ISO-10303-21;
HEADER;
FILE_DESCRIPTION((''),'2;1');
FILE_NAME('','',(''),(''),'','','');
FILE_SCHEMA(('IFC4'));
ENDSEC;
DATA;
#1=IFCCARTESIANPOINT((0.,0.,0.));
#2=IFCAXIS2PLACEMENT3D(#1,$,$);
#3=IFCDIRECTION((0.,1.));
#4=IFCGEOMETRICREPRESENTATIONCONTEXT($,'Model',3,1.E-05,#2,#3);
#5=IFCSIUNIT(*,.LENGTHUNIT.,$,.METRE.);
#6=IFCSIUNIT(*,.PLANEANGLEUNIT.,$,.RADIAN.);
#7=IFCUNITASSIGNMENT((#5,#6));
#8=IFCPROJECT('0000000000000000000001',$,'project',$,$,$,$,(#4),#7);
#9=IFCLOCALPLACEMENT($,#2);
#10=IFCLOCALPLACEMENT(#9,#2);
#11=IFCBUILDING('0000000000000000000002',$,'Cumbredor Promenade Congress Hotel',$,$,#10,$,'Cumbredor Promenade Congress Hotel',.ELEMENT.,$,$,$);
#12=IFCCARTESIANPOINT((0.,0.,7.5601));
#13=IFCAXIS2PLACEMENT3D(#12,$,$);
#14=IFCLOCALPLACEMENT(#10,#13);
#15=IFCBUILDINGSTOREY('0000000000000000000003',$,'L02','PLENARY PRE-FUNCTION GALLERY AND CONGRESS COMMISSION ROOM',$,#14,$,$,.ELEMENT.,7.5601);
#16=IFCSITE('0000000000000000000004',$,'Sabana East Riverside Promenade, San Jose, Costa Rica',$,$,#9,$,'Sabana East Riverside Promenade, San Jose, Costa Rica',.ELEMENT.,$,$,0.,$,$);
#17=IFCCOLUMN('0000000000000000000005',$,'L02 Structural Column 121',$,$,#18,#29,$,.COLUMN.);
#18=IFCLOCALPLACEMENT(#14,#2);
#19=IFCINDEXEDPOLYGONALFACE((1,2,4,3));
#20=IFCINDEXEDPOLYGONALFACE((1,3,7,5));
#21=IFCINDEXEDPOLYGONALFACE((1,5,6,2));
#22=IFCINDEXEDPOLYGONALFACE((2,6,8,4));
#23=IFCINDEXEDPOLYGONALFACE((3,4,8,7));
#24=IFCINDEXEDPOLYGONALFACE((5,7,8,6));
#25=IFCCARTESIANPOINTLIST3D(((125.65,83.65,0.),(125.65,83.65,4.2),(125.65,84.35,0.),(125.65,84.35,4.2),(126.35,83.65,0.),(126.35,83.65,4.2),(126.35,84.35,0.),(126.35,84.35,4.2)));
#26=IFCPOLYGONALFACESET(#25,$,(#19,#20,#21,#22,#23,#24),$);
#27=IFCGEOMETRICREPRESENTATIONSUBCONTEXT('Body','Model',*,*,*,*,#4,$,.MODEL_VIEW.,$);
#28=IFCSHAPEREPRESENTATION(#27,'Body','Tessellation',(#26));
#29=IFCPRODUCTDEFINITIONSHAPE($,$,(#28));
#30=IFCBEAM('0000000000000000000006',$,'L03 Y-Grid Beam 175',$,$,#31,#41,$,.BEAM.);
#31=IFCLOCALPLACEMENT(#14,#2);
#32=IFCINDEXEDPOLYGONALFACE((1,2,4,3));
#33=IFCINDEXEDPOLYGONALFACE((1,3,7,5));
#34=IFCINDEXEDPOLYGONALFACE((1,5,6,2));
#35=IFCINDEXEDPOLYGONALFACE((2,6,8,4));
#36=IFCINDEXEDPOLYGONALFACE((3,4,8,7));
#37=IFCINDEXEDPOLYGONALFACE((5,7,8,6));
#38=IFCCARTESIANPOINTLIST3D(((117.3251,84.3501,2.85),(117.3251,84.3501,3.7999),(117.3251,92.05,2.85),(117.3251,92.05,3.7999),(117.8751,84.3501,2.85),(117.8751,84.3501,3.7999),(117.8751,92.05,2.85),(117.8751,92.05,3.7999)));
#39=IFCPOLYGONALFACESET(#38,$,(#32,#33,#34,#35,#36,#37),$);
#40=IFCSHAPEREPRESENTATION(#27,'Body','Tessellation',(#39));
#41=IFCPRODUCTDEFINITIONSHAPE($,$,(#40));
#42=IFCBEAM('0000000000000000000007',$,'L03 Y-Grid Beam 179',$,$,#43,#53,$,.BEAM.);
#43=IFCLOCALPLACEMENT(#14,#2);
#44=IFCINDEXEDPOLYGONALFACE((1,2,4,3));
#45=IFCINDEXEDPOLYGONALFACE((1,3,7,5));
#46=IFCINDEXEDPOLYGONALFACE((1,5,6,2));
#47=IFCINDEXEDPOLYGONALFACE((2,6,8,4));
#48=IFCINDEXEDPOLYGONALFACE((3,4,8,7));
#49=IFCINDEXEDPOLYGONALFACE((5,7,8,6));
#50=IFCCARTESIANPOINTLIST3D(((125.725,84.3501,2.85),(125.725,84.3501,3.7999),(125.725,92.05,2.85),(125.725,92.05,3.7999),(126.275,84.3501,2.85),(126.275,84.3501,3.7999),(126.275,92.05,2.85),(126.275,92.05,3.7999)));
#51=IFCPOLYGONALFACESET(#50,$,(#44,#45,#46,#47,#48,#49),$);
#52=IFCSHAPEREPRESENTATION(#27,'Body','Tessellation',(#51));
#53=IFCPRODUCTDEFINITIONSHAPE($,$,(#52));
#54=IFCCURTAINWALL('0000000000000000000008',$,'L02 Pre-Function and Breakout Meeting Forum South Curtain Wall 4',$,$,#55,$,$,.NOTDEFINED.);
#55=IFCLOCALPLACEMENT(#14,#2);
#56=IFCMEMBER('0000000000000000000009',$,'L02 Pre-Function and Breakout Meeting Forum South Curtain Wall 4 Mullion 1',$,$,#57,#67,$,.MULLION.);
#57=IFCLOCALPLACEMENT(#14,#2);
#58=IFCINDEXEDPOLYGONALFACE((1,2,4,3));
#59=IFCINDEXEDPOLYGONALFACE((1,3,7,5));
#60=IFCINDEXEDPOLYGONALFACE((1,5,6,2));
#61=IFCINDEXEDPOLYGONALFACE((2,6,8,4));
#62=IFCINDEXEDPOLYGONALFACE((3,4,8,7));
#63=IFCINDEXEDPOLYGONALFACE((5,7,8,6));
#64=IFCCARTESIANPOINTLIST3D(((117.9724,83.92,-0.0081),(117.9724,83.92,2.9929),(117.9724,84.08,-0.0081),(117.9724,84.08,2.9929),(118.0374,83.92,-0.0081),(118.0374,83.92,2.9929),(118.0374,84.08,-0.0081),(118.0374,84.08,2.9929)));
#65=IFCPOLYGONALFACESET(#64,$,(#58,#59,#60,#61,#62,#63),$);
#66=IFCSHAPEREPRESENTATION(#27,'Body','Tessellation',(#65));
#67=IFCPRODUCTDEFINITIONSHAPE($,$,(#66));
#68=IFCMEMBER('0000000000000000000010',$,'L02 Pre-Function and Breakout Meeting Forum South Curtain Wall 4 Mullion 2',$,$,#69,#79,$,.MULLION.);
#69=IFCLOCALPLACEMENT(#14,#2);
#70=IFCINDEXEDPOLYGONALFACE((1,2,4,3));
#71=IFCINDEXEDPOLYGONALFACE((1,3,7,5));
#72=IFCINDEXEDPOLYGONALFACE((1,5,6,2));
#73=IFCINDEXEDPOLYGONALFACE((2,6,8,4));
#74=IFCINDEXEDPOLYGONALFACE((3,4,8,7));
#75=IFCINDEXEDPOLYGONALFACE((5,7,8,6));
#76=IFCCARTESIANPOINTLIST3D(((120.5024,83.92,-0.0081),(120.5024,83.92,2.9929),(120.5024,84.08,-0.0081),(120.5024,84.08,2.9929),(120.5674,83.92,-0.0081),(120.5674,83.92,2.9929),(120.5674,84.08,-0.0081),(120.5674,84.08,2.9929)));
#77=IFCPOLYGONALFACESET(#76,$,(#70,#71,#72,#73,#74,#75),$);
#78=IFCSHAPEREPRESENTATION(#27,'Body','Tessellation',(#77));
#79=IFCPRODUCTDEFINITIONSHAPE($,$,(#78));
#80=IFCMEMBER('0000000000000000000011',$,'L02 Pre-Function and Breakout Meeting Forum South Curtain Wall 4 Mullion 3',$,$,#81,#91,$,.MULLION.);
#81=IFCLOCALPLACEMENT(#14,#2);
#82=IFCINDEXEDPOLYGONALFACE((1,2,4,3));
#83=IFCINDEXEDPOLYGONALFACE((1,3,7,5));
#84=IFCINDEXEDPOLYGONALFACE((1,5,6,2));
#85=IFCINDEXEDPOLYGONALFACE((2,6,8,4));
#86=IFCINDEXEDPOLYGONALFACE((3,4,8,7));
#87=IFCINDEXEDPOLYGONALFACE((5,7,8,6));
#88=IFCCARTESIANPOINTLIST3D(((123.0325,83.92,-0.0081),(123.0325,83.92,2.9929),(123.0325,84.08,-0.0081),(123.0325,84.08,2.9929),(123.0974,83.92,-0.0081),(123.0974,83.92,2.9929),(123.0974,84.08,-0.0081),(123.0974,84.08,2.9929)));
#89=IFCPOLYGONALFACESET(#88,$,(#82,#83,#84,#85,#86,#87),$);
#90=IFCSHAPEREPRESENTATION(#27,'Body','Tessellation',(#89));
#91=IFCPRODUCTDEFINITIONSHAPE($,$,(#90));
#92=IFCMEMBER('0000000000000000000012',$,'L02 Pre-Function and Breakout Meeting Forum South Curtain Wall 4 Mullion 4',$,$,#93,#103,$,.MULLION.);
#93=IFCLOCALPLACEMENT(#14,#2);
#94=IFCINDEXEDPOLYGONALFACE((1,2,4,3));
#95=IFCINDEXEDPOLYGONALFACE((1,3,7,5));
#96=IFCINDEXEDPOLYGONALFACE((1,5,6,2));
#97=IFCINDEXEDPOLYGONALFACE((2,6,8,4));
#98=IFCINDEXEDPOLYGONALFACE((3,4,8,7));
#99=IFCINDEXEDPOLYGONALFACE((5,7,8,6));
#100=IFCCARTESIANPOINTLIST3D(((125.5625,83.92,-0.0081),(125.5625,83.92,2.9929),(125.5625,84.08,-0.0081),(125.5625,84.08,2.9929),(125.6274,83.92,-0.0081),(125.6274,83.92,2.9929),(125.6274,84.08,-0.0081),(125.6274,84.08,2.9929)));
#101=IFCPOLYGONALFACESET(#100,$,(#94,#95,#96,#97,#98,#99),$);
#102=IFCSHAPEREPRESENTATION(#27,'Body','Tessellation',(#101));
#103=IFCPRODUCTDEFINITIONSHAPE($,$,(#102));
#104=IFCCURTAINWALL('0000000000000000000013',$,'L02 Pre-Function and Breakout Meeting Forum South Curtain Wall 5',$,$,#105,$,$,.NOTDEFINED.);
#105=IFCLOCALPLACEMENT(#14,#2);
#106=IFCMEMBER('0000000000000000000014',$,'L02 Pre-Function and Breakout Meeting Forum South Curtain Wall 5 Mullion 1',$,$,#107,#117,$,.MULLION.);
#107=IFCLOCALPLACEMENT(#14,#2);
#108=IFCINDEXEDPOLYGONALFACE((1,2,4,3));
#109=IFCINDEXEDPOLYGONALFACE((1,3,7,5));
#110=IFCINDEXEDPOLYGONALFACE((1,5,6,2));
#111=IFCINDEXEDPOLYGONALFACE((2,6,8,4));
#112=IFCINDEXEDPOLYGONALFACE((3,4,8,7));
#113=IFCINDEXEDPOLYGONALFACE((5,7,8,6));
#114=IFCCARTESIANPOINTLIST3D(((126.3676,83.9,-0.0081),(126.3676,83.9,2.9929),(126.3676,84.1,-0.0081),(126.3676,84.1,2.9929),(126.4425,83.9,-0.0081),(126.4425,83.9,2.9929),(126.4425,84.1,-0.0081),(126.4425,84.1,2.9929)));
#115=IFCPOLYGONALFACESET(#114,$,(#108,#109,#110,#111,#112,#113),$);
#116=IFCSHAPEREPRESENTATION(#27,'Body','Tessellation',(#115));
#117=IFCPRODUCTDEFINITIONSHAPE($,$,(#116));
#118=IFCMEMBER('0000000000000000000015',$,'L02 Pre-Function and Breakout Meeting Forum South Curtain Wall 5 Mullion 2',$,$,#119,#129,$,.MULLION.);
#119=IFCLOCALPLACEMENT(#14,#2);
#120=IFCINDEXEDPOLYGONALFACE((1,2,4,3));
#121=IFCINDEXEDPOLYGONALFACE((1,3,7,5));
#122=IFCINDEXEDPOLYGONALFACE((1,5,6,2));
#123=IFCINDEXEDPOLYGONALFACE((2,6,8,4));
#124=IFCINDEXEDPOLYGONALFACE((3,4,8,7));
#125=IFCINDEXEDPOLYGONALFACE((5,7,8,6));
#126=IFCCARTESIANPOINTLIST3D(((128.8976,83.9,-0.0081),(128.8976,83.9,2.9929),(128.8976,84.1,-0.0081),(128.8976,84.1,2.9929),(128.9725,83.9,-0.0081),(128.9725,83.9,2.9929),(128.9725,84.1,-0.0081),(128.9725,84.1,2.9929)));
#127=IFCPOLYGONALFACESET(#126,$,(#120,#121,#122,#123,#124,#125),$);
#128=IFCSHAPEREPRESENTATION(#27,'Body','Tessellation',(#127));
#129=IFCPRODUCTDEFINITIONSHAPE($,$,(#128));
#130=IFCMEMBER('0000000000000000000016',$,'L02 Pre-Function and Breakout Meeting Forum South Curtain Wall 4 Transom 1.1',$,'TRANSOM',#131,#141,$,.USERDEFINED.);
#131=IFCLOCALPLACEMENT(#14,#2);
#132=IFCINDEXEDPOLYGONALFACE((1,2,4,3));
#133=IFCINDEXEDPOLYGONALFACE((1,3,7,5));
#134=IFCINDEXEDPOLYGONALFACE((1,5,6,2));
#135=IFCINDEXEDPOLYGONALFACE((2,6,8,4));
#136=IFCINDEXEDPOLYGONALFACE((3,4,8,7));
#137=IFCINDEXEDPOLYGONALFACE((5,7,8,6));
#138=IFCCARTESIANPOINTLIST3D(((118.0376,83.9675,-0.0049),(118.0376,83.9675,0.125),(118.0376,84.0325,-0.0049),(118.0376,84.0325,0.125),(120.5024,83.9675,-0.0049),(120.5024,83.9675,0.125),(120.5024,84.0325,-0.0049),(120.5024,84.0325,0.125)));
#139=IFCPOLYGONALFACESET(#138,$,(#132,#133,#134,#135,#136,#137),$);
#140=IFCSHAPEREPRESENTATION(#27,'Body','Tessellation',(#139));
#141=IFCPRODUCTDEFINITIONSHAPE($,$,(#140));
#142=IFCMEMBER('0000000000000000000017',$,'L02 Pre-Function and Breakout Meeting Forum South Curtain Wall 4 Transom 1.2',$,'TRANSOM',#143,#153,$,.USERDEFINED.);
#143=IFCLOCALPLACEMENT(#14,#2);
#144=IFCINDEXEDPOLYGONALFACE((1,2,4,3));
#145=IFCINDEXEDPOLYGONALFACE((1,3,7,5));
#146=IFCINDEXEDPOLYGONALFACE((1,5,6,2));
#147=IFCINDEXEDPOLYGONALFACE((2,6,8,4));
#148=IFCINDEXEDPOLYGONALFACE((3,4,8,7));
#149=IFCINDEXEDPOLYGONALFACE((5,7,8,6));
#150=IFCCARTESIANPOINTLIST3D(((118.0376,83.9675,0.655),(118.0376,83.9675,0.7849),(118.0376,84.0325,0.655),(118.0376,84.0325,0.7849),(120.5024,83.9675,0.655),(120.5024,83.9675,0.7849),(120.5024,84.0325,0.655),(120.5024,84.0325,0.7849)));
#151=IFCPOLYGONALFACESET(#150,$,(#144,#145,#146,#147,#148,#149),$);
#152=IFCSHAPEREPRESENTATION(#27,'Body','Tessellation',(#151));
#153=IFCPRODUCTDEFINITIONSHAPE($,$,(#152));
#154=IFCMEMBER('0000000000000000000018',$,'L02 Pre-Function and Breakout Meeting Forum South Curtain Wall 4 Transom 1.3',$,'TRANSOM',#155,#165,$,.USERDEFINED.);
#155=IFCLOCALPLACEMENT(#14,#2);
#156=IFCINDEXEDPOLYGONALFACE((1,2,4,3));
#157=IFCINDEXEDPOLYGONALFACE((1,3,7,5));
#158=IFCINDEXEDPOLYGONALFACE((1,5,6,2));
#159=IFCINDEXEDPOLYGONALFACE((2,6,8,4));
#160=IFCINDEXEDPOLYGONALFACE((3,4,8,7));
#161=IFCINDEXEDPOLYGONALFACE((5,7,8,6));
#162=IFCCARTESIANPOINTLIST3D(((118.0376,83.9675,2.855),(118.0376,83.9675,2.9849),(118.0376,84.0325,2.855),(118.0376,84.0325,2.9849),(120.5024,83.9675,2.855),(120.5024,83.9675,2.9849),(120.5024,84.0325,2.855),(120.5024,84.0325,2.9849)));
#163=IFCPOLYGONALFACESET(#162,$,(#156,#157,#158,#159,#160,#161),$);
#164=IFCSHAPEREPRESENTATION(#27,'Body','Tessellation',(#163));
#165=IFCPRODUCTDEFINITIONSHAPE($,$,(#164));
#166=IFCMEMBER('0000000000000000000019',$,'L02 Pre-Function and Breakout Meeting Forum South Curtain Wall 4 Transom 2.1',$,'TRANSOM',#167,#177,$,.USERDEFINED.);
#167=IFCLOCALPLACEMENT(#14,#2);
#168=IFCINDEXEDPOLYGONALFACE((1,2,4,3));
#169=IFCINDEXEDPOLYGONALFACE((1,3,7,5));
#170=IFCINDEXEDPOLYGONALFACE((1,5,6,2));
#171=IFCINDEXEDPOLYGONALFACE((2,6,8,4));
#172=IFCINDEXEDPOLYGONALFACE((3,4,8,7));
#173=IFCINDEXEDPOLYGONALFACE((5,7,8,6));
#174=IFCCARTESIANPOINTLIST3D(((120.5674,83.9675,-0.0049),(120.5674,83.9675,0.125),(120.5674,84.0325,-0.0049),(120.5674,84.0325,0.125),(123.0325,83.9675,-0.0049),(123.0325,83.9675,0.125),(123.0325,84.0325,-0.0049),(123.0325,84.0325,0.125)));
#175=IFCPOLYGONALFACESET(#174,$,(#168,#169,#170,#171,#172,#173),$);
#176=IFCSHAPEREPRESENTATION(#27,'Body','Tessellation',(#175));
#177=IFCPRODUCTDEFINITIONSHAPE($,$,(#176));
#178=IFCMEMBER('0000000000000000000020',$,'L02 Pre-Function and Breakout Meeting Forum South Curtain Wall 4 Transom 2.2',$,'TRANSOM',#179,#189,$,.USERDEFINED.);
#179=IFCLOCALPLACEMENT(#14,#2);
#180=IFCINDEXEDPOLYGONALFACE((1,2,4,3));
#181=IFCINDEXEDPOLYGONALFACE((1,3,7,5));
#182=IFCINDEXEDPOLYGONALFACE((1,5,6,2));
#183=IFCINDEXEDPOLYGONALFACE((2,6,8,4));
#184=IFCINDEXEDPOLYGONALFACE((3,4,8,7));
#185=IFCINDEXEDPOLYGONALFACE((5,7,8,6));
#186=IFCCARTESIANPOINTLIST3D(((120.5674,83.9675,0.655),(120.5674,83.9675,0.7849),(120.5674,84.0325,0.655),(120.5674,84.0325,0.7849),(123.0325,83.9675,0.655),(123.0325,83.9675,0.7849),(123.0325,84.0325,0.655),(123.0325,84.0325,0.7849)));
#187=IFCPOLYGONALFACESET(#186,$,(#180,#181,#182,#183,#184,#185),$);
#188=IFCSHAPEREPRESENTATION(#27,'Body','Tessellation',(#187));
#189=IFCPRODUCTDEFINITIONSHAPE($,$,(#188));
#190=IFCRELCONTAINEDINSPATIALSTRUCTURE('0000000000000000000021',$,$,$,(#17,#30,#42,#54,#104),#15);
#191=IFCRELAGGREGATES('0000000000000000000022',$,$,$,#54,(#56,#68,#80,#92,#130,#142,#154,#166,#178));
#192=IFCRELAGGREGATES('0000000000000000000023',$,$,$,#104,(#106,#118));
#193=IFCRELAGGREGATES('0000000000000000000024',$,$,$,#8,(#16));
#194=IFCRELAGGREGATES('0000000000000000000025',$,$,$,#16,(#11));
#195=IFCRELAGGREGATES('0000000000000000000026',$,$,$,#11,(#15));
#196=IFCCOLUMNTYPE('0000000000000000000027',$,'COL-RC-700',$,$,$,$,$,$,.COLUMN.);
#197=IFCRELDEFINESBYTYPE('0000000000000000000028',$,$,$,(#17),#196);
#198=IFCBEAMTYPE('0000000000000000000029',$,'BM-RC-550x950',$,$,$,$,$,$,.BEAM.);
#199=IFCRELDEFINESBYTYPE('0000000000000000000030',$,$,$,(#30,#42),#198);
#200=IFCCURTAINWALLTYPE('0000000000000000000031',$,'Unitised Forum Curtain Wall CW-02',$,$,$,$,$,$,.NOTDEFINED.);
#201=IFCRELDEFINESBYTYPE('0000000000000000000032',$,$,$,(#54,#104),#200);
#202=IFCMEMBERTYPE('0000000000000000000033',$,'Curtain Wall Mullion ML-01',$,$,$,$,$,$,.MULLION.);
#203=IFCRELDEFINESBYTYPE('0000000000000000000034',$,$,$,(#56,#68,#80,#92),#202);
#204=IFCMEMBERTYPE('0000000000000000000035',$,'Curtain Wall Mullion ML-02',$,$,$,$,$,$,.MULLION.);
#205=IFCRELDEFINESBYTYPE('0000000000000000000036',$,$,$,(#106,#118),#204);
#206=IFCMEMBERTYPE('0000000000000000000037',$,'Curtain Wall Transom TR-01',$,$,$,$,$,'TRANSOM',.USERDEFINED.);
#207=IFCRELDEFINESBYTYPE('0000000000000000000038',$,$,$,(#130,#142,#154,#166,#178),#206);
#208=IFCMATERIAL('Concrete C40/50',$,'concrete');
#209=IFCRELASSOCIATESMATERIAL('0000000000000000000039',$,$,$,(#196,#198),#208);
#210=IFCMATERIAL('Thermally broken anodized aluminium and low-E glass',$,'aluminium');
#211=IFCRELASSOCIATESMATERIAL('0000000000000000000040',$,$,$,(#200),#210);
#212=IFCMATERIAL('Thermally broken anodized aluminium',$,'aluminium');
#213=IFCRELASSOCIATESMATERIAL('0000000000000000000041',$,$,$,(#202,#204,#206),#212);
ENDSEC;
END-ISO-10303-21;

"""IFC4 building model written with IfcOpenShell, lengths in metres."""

from ifc_helpers import new_model, si_unit, direction, frame, origin, origin_2d, place, context, subcontext, project, spatial, rectangle, extrude, material, material_profile, profile_set, type_object, element, aggregate, save


model = new_model("IFC4")

# Units and contexts
model_context = context("Model", 3, precision=1e-05, world=origin(), true_north=direction((0.0, 1.0)))
body_context = subcontext(model_context, "Body", "Model", "MODEL_VIEW")
ifc_project = project(units=[si_unit("LENGTHUNIT", "METRE"), si_unit("PLANEANGLEUNIT", "RADIAN")], contexts=[model_context])

# Site, building, storey
site_placement = place(None, origin())
site = spatial("IfcSite", under=ifc_project, at=site_placement, Name="Sabana East Riverside Promenade, San Jose, Costa Rica", LongName="Sabana East Riverside Promenade, San Jose, Costa Rica", CompositionType="ELEMENT", RefElevation=0.0)
building_placement = place(site_placement, origin())
building = spatial("IfcBuilding", under=site, at=building_placement, Name="Cumbredor Promenade Congress Hotel", LongName="Cumbredor Promenade Congress Hotel", CompositionType="ELEMENT")
storey_placement = place(building_placement, frame((0.0, 0.0, 7.5601)))
storey = spatial("IfcBuildingStorey", under=building, at=storey_placement, Name="L02", Description="PLENARY PRE-FUNCTION GALLERY AND CONGRESS COMMISSION ROOM", CompositionType="ELEMENT", Elevation=7.5601)

# Column
ifc_material_1 = material(Name="Concrete C40/50", Category="concrete")
ifc_material_profile_1 = material_profile(ifc_material_1, rectangle(XDim=0.7, YDim=0.7, at=origin_2d()), Name="RC 700x700")
ifc_profile_set_1 = profile_set([ifc_material_profile_1], Name="Concrete C40/50")
column_type = type_object("IfcColumnType", Name="COL-RC-700", PredefinedType="COLUMN", material=ifc_profile_set_1)
column_placement = place(storey_placement, frame((126.0, 84.0, 0.0), z_axis=(0.0, 0.0, 1.0), x_axis=(1.0, 0.0, 0.0)))
element("IfcColumn", 1, at=column_placement, inside=storey, type_object=column_type, Name="L02 Structural Column 121", PredefinedType="COLUMN", context=body_context, shape_type="SweptSolid", body=[
    extrude(rectangle(XDim=0.7, YDim=0.7, at=origin_2d()), origin(), (0.0, 0.0, 1.0), 4.2),
])

# Beams
ifc_material_profile_2 = material_profile(ifc_material_1, rectangle(XDim=0.55, YDim=0.95, at=origin_2d()), Name="RC BEAM 550x950")
ifc_profile_set_2 = profile_set([ifc_material_profile_2], Name="Concrete C40/50")
beam_type_1 = type_object("IfcBeamType", Name="BM-RC-550x950", PredefinedType="BEAM", material=ifc_profile_set_2)
for number, where, z_axis, x_axis, name in (
    (2, (117.6001, 84.3501, 3.325), (0.0, 1.0, 0.0), (-1.0, 0.0, 0.0), "L03 Y-Grid Beam 175"),
    (3, (126.0, 84.3501, 3.325), (0.0, 1.0, 0.0), (-1.0, 0.0, 0.0), "L03 Y-Grid Beam 179"),
):
    element("IfcBeam", number, at=place(storey_placement, frame(where, z_axis=z_axis, x_axis=x_axis)), inside=storey, type_object=beam_type_1, Name=name, PredefinedType="BEAM", context=body_context, shape_type="SweptSolid", body=[
        extrude(rectangle(XDim=0.55, YDim=0.95, at=origin_2d()), origin(), (0.0, 0.0, 1.0), 7.7),
    ])

# Curtain walls, members
ifc_material_2 = material(Name="Thermally broken anodized aluminium and low-E glass", Category="aluminium")
curtain_wall_type = type_object("IfcCurtainWallType", Name="Unitised Forum Curtain Wall CW-02", PredefinedType="NOTDEFINED", material=ifc_material_2)
curtain_wall_1_placement = place(storey_placement, origin())
curtain_wall_1 = element("IfcCurtainWall", 4, at=curtain_wall_1_placement, inside=storey, type_object=curtain_wall_type, Name="L02 Pre-Function and Breakout Meeting Forum South Curtain Wall 4", PredefinedType="NOTDEFINED")
ifc_material_3 = material(Name="Thermally broken anodized aluminium", Category="aluminium")
ifc_material_profile_3 = material_profile(ifc_material_3, rectangle(XDim=0.0649, YDim=0.1599, at=origin_2d()), Name="ALU MULLION 65x160")
ifc_profile_set_3 = profile_set([ifc_material_profile_3], Name="Thermally broken anodized aluminium")
member_type_1 = type_object("IfcMemberType", Name="Curtain Wall Mullion ML-01", PredefinedType="MULLION", material=ifc_profile_set_3)
member_1_placement = place(storey_placement, frame((118.0049, 84.0, -0.0081), z_axis=(0.0, 0.0, 1.0), x_axis=(1.0, 0.0, 0.0)))
member_1 = element("IfcMember", 5, at=member_1_placement, type_object=member_type_1, Name="L02 Pre-Function and Breakout Meeting Forum South Curtain Wall 4 Mullion 1", PredefinedType="MULLION", context=body_context, shape_type="SweptSolid", body=[
    extrude(rectangle(XDim=0.0649, YDim=0.1599, at=origin_2d()), origin(), (0.0, 0.0, 1.0), 3.001),
])
member_2_placement = place(storey_placement, frame((120.5349, 84.0, -0.0081), z_axis=(0.0, 0.0, 1.0), x_axis=(1.0, 0.0, 0.0)))
member_2 = element("IfcMember", 6, at=member_2_placement, type_object=member_type_1, Name="L02 Pre-Function and Breakout Meeting Forum South Curtain Wall 4 Mullion 2", PredefinedType="MULLION", context=body_context, shape_type="SweptSolid", body=[
    extrude(rectangle(XDim=0.0649, YDim=0.1599, at=origin_2d()), origin(), (0.0, 0.0, 1.0), 3.001),
])
member_3_placement = place(storey_placement, frame((123.0649, 84.0, -0.0081), z_axis=(0.0, 0.0, 1.0), x_axis=(1.0, 0.0, 0.0)))
member_3 = element("IfcMember", 7, at=member_3_placement, type_object=member_type_1, Name="L02 Pre-Function and Breakout Meeting Forum South Curtain Wall 4 Mullion 3", PredefinedType="MULLION", context=body_context, shape_type="SweptSolid", body=[
    extrude(rectangle(XDim=0.0649, YDim=0.1599, at=origin_2d()), origin(), (0.0, 0.0, 1.0), 3.001),
])
member_4_placement = place(storey_placement, frame((125.595, 84.0, -0.0081), z_axis=(0.0, 0.0, 1.0), x_axis=(1.0, 0.0, 0.0)))
member_4 = element("IfcMember", 8, at=member_4_placement, type_object=member_type_1, Name="L02 Pre-Function and Breakout Meeting Forum South Curtain Wall 4 Mullion 4", PredefinedType="MULLION", context=body_context, shape_type="SweptSolid", body=[
    extrude(rectangle(XDim=0.0649, YDim=0.1599, at=origin_2d()), origin(), (0.0, 0.0, 1.0), 3.001),
])
curtain_wall_2_placement = place(storey_placement, origin())
curtain_wall_2 = element("IfcCurtainWall", 9, at=curtain_wall_2_placement, inside=storey, type_object=curtain_wall_type, Name="L02 Pre-Function and Breakout Meeting Forum South Curtain Wall 5", PredefinedType="NOTDEFINED")
ifc_material_profile_4 = material_profile(ifc_material_3, rectangle(XDim=0.075, YDim=0.2, at=origin_2d()), Name="ALU MULLION 75x200")
ifc_profile_set_4 = profile_set([ifc_material_profile_4], Name="Thermally broken anodized aluminium")
member_type_2 = type_object("IfcMemberType", Name="Curtain Wall Mullion ML-02", PredefinedType="MULLION", material=ifc_profile_set_4)
member_5_placement = place(storey_placement, frame((126.405, 84.0, -0.0081), z_axis=(0.0, 0.0, 1.0), x_axis=(1.0, 0.0, 0.0)))
member_5 = element("IfcMember", 10, at=member_5_placement, type_object=member_type_2, Name="L02 Pre-Function and Breakout Meeting Forum South Curtain Wall 5 Mullion 1", PredefinedType="MULLION", context=body_context, shape_type="SweptSolid", body=[
    extrude(rectangle(XDim=0.075, YDim=0.2, at=origin_2d()), origin(), (0.0, 0.0, 1.0), 3.001),
])
member_6_placement = place(storey_placement, frame((128.9351, 84.0, -0.0081), z_axis=(0.0, 0.0, 1.0), x_axis=(1.0, 0.0, 0.0)))
member_6 = element("IfcMember", 11, at=member_6_placement, type_object=member_type_2, Name="L02 Pre-Function and Breakout Meeting Forum South Curtain Wall 5 Mullion 2", PredefinedType="MULLION", context=body_context, shape_type="SweptSolid", body=[
    extrude(rectangle(XDim=0.075, YDim=0.2, at=origin_2d()), origin(), (0.0, 0.0, 1.0), 3.001),
])

# Members
ifc_material_profile_5 = material_profile(ifc_material_3, rectangle(XDim=0.0649, YDim=0.1299, at=origin_2d()), Name="ALU TRANSOM 65x130")
ifc_profile_set_5 = profile_set([ifc_material_profile_5], Name="Thermally broken anodized aluminium")
member_type_3 = type_object("IfcMemberType", Name="Curtain Wall Transom TR-01", ElementType="TRANSOM", PredefinedType="USERDEFINED", material=ifc_profile_set_5)
member_7_placement = place(storey_placement, frame((118.0376, 84.0, 0.0601), z_axis=(1.0, 0.0, 0.0), x_axis=(0.0, 1.0, 0.0)))
member_7 = element("IfcMember", 12, at=member_7_placement, type_object=member_type_3, Name="L02 Pre-Function and Breakout Meeting Forum South Curtain Wall 4 Transom 1.1", ObjectType="TRANSOM", PredefinedType="USERDEFINED", context=body_context, shape_type="SweptSolid", body=[
    extrude(rectangle(XDim=0.0649, YDim=0.1299, at=origin_2d()), origin(), (0.0, 0.0, 1.0), 2.4648),
])
member_8_placement = place(storey_placement, frame((118.0376, 84.0, 0.72), z_axis=(1.0, 0.0, 0.0), x_axis=(0.0, 1.0, 0.0)))
member_8 = element("IfcMember", 13, at=member_8_placement, type_object=member_type_3, Name="L02 Pre-Function and Breakout Meeting Forum South Curtain Wall 4 Transom 1.2", ObjectType="TRANSOM", PredefinedType="USERDEFINED", context=body_context, shape_type="SweptSolid", body=[
    extrude(rectangle(XDim=0.0649, YDim=0.1299, at=origin_2d()), origin(), (0.0, 0.0, 1.0), 2.4648),
])
member_9_placement = place(storey_placement, frame((118.0376, 84.0, 2.9199), z_axis=(1.0, 0.0, 0.0), x_axis=(0.0, 1.0, 0.0)))
member_9 = element("IfcMember", 14, at=member_9_placement, type_object=member_type_3, Name="L02 Pre-Function and Breakout Meeting Forum South Curtain Wall 4 Transom 1.3", ObjectType="TRANSOM", PredefinedType="USERDEFINED", context=body_context, shape_type="SweptSolid", body=[
    extrude(rectangle(XDim=0.0649, YDim=0.1299, at=origin_2d()), origin(), (0.0, 0.0, 1.0), 2.4648),
])
member_10_placement = place(storey_placement, frame((120.5674, 84.0, 0.0601), z_axis=(1.0, 0.0, 0.0), x_axis=(0.0, 1.0, 0.0)))
member_10 = element("IfcMember", 15, at=member_10_placement, type_object=member_type_3, Name="L02 Pre-Function and Breakout Meeting Forum South Curtain Wall 4 Transom 2.1", ObjectType="TRANSOM", PredefinedType="USERDEFINED", context=body_context, shape_type="SweptSolid", body=[
    extrude(rectangle(XDim=0.0649, YDim=0.1299, at=origin_2d()), origin(), (0.0, 0.0, 1.0), 2.4651),
])
member_11_placement = place(storey_placement, frame((120.5674, 84.0, 0.72), z_axis=(1.0, 0.0, 0.0), x_axis=(0.0, 1.0, 0.0)))
member_11 = element("IfcMember", 16, at=member_11_placement, type_object=member_type_3, Name="L02 Pre-Function and Breakout Meeting Forum South Curtain Wall 4 Transom 2.2", ObjectType="TRANSOM", PredefinedType="USERDEFINED", context=body_context, shape_type="SweptSolid", body=[
    extrude(rectangle(XDim=0.0649, YDim=0.1299, at=origin_2d()), origin(), (0.0, 0.0, 1.0), 2.4651),
])

aggregate(curtain_wall_1, [member_1, member_2, member_3, member_4, member_7, member_8, member_9, member_10, member_11])
aggregate(curtain_wall_2, [member_5, member_6])

save(model, "model.ifc")
